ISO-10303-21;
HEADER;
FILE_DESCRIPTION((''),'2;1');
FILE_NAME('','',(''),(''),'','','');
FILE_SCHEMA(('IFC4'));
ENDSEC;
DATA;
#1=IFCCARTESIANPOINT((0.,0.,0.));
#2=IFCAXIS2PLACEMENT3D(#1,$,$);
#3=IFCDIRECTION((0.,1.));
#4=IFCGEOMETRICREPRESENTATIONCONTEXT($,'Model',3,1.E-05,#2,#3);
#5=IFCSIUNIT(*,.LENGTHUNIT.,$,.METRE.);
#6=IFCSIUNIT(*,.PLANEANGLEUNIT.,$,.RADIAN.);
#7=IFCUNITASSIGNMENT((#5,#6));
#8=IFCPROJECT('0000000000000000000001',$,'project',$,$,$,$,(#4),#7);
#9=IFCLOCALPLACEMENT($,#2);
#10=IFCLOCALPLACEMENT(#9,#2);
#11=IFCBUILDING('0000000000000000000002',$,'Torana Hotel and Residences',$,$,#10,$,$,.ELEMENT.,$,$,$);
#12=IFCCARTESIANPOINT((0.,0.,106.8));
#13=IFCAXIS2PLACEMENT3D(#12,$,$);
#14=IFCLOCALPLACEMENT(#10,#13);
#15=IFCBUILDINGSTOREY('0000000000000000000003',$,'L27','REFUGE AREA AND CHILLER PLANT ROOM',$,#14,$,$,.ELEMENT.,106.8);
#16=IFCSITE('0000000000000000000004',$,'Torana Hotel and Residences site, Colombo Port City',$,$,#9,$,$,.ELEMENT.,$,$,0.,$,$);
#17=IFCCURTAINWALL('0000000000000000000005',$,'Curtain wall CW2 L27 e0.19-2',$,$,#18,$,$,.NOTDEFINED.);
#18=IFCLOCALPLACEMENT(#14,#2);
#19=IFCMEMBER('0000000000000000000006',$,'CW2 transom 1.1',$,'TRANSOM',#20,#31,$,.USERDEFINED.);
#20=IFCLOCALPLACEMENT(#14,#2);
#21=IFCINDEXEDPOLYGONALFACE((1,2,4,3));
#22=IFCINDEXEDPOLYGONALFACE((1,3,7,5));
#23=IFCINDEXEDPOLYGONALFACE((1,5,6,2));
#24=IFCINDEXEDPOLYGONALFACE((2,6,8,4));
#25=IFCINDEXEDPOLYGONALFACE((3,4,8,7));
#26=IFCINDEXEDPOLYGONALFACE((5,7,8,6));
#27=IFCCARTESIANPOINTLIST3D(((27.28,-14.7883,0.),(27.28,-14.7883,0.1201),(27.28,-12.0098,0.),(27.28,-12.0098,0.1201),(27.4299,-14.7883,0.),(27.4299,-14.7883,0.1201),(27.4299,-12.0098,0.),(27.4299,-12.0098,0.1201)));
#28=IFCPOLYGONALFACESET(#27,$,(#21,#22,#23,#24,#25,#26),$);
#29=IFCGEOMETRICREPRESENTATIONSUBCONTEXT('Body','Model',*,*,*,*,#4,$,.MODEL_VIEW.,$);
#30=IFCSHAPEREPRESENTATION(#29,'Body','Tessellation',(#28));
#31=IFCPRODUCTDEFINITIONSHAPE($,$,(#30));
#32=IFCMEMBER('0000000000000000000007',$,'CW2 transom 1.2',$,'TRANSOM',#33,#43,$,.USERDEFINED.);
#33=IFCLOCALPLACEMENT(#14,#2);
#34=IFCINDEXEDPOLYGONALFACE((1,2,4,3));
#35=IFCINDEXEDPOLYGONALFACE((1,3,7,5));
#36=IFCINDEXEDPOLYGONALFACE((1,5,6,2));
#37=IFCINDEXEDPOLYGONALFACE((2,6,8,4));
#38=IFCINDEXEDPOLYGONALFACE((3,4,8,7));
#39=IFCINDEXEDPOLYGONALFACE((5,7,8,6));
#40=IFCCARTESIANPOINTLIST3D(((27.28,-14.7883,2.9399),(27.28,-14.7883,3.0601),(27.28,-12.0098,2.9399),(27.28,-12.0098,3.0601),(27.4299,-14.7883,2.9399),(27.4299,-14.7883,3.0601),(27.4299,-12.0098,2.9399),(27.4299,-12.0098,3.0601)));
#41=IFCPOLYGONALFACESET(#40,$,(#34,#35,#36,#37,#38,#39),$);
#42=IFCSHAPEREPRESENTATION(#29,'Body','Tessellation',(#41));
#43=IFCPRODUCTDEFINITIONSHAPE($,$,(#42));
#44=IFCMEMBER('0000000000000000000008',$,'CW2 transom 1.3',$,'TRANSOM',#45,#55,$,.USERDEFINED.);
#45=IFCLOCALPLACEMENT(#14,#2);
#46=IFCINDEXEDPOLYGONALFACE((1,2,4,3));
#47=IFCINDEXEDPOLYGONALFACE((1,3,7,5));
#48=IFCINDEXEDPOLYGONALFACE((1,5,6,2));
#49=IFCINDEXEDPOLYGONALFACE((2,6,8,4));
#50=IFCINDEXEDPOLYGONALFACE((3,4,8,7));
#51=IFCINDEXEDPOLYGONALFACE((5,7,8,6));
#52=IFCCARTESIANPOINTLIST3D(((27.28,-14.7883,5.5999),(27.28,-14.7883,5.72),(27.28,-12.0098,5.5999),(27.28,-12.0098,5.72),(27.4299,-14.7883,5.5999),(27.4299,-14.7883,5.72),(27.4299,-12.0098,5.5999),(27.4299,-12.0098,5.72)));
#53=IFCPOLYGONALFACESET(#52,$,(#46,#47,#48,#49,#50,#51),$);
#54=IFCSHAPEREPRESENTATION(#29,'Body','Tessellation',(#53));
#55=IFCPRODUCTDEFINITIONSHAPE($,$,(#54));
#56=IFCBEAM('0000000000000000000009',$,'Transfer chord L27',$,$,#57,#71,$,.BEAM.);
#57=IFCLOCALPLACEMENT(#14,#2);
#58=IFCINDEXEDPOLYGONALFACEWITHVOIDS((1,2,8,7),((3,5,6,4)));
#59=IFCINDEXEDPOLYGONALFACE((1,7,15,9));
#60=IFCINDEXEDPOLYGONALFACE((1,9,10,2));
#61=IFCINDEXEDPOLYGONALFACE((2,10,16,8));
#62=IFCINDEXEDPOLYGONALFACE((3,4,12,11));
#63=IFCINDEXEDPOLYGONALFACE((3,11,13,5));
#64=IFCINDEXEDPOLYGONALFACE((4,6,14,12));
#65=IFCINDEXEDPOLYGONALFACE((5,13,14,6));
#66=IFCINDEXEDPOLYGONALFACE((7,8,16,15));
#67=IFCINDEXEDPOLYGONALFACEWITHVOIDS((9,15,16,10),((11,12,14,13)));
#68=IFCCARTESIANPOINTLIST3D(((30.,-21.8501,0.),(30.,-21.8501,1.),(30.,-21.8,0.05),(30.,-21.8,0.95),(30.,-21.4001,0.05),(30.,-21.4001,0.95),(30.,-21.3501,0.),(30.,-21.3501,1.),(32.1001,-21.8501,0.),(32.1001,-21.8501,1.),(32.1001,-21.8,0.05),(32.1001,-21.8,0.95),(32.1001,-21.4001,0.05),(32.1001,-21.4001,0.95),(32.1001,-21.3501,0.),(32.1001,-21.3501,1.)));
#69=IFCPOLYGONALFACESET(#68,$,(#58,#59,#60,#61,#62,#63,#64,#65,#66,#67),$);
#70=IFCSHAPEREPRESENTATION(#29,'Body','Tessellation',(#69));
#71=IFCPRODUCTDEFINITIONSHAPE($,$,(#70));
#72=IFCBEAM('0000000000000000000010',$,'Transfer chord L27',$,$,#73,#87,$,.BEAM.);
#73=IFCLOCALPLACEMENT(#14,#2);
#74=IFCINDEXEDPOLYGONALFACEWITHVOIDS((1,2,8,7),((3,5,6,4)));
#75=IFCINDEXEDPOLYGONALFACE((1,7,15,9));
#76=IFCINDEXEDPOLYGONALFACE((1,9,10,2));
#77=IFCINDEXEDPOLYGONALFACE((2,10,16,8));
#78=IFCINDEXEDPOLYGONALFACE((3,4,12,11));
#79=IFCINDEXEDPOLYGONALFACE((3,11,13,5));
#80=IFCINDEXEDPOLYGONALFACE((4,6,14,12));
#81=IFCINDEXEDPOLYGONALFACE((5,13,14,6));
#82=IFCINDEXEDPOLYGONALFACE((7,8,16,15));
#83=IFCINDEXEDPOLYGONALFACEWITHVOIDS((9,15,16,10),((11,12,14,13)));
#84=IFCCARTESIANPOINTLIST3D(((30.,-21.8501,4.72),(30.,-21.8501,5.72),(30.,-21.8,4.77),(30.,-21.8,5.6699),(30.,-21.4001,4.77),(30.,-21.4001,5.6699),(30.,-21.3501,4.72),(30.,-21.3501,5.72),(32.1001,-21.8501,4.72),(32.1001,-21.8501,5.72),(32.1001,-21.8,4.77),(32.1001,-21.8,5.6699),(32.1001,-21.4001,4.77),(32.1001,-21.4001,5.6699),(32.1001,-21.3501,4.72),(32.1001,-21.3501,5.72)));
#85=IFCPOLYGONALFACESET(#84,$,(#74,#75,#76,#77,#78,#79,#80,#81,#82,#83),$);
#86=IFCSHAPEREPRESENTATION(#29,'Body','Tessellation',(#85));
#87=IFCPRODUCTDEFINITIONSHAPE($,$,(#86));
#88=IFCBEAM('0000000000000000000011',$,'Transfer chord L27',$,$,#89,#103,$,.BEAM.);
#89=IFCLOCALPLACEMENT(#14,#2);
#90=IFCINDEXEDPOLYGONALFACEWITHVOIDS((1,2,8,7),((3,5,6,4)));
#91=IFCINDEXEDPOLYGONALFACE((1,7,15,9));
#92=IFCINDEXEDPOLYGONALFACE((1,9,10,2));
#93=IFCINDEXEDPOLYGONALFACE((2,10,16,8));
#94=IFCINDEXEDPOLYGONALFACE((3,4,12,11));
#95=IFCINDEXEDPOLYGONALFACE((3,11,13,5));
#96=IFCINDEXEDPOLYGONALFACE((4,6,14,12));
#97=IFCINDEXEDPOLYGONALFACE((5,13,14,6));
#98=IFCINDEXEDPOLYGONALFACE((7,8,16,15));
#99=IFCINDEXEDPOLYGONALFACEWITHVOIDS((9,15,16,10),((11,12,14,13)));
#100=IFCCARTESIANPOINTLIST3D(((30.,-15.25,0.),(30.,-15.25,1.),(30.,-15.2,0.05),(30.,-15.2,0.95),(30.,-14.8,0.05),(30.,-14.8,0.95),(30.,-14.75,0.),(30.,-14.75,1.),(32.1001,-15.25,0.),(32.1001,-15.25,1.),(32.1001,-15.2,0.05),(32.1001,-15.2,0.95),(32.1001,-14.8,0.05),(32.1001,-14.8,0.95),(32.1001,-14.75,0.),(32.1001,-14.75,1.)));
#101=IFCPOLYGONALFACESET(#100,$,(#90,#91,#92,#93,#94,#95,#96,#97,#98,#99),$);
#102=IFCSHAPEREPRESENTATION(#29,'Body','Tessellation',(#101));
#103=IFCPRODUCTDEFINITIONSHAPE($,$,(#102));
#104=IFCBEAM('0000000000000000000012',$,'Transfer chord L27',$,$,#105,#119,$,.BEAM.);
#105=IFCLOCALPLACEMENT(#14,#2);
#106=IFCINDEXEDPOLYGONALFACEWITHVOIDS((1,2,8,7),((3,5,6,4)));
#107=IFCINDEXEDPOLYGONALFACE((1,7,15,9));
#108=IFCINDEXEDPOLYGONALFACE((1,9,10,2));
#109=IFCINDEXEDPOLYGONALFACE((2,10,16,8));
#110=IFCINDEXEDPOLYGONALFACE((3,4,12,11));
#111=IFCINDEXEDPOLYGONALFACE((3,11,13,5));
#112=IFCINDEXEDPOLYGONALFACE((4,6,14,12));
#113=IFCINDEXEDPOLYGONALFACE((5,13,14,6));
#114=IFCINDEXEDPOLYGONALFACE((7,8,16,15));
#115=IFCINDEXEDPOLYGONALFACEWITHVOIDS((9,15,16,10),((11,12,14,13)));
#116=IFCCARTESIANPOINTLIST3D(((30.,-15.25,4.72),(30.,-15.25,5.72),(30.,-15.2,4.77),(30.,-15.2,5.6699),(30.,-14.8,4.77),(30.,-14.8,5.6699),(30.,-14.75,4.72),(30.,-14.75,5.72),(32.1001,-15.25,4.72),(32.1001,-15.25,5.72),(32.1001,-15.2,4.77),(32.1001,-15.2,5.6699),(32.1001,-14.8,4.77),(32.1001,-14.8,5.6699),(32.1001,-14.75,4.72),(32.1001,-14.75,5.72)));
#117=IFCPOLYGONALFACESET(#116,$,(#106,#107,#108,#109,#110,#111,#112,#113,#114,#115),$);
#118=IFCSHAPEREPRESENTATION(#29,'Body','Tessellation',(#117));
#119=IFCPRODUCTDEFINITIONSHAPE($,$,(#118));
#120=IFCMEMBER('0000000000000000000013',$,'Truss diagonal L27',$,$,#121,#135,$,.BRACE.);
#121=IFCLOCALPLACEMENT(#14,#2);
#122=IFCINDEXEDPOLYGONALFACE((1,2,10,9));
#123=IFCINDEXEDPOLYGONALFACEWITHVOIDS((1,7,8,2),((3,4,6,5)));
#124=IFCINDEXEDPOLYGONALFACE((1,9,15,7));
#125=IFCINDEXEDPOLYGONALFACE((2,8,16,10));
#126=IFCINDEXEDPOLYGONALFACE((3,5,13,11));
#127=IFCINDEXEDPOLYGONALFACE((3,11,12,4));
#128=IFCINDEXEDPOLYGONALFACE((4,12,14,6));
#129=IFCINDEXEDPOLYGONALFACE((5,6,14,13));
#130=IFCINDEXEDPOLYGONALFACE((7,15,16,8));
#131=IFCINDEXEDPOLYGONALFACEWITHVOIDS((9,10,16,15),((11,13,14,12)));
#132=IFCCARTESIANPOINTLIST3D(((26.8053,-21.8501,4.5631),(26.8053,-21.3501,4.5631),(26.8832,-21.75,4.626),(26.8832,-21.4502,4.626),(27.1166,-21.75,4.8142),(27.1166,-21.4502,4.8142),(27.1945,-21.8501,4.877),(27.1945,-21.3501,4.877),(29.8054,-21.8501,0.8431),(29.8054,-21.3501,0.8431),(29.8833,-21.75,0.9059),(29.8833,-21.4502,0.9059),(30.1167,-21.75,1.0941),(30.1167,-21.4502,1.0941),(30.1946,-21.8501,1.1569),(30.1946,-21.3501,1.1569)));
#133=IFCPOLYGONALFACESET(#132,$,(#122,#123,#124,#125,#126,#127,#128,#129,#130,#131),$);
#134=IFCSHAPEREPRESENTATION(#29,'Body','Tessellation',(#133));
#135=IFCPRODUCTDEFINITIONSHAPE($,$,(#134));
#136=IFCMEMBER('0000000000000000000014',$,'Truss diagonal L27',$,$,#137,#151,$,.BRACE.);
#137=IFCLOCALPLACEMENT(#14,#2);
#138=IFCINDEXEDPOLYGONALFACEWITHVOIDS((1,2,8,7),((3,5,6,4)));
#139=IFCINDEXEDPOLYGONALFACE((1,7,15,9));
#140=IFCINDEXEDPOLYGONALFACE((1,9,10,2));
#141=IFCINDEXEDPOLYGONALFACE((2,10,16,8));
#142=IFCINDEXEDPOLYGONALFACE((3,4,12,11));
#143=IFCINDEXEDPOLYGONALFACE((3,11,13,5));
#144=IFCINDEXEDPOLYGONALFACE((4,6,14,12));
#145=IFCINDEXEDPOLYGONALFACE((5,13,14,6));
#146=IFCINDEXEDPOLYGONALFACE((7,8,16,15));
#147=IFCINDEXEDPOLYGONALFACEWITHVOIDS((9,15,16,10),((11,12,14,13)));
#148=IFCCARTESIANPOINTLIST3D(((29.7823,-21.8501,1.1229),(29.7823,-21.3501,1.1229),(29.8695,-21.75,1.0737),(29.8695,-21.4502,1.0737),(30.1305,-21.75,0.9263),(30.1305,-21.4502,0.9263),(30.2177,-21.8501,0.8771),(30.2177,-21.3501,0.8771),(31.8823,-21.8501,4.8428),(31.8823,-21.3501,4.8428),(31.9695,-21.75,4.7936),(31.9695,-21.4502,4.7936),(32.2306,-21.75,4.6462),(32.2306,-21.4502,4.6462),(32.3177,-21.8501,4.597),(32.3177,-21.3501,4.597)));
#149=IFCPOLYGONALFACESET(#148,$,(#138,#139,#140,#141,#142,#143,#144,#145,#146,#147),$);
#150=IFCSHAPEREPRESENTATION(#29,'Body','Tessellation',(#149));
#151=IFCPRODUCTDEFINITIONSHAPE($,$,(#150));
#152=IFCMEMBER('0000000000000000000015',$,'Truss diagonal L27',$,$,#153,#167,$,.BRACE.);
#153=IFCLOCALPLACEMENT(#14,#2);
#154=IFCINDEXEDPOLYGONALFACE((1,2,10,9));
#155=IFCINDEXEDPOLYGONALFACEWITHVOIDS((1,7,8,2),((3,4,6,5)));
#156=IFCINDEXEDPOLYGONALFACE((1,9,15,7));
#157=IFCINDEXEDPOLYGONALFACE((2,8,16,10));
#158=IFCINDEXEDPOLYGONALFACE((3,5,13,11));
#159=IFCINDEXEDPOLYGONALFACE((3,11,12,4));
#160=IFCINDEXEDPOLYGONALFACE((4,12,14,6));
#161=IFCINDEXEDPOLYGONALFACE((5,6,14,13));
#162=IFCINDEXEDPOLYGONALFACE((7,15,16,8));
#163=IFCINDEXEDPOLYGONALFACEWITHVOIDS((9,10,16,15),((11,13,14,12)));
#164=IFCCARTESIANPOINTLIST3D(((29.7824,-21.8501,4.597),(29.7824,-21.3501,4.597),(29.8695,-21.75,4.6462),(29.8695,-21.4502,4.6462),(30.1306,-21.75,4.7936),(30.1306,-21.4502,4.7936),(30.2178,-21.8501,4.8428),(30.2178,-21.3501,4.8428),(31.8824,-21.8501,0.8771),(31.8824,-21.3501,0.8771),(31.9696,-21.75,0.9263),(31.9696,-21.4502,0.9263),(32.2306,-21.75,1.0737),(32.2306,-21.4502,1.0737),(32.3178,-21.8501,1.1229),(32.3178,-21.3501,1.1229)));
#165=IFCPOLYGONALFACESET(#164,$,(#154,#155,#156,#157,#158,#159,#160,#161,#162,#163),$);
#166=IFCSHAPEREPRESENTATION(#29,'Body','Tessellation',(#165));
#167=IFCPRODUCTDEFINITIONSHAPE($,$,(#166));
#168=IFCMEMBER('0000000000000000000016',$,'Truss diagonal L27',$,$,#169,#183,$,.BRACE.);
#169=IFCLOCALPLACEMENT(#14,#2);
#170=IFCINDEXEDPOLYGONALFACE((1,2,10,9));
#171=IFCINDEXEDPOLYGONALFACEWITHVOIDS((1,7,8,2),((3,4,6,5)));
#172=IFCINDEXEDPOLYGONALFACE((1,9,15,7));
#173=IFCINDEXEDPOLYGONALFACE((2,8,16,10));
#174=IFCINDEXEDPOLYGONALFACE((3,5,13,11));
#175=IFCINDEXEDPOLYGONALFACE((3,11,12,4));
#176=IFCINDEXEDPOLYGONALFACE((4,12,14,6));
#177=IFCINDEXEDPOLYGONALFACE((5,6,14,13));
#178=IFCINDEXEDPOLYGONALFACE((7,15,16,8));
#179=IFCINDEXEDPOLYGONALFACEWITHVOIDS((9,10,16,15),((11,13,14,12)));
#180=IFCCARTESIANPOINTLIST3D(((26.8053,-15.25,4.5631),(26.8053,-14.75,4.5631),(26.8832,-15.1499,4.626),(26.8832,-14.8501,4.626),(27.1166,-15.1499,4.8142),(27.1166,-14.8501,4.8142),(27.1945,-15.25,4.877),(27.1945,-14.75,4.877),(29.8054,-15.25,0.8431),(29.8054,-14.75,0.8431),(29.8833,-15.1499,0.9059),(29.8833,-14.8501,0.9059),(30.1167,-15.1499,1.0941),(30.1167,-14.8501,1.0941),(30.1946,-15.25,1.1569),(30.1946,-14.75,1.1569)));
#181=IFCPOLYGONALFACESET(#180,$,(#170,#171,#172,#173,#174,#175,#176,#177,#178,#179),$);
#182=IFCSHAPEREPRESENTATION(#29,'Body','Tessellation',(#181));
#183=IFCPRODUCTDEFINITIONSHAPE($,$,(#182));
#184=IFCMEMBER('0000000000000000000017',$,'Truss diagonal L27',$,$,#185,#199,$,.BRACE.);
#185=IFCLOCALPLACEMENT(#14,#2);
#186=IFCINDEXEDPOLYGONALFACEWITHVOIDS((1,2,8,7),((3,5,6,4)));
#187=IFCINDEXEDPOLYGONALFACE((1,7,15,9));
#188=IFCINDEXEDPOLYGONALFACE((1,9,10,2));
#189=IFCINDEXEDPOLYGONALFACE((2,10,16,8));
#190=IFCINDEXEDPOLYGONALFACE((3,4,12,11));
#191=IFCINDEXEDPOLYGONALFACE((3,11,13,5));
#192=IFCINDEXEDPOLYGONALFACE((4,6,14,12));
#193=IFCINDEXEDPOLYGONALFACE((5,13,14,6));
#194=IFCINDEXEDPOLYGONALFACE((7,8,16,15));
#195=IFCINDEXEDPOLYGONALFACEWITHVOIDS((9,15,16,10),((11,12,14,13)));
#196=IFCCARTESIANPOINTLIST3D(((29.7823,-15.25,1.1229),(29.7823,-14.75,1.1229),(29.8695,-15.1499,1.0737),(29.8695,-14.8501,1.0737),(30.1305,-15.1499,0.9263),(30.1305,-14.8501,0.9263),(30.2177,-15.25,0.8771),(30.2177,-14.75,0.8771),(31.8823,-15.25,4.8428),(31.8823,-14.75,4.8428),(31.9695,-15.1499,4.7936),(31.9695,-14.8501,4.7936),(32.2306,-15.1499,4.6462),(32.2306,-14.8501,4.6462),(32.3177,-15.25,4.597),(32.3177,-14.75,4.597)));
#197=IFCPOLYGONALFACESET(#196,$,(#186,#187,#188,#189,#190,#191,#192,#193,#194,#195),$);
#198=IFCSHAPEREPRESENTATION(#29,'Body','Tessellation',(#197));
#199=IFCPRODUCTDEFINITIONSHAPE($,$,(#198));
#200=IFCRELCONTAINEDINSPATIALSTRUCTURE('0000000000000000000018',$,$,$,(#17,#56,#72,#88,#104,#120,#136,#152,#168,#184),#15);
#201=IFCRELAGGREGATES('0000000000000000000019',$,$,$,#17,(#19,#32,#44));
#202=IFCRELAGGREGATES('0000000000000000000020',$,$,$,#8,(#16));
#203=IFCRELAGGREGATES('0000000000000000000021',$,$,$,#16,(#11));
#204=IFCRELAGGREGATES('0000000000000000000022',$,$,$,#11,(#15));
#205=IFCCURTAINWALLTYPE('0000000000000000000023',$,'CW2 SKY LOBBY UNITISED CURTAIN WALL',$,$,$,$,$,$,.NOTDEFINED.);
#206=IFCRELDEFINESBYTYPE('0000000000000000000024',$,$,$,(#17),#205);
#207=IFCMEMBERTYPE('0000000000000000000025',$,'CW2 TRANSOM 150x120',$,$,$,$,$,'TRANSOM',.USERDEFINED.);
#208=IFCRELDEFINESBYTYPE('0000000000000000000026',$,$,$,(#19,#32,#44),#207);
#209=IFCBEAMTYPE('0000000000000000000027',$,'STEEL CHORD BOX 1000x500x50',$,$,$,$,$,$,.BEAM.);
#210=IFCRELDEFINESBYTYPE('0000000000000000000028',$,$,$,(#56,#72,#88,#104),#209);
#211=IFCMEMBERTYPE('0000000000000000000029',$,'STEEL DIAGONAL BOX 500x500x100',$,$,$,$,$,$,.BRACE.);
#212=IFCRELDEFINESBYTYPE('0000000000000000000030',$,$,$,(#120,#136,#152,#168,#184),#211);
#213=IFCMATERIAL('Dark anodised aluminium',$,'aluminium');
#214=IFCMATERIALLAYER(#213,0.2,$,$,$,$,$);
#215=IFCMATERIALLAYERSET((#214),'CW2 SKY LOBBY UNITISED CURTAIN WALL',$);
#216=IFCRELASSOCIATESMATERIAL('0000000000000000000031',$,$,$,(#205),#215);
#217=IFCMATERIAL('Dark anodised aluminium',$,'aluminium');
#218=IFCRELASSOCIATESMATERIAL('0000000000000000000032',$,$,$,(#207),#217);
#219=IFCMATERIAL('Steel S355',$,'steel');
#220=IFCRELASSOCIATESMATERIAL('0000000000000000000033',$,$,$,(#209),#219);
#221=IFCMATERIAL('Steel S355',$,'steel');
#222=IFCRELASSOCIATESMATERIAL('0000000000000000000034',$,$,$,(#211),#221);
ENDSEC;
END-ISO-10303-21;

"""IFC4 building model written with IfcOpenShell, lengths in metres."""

from ifc_helpers import new_model, si_unit, direction, frame, origin, origin_2d, place, context, subcontext, project, spatial, rectangle, hollow_rectangle, extrude, material, layer, layer_set, material_profile, profile_set, type_object, element, aggregate, save


model = new_model("IFC4")

# Units and contexts
model_context = context("Model", 3, precision=1e-05, world=origin(), true_north=direction((0.0, 1.0)))
body_context = subcontext(model_context, "Body", "Model", "MODEL_VIEW")
ifc_project = project(units=[si_unit("LENGTHUNIT", "METRE"), si_unit("PLANEANGLEUNIT", "RADIAN")], contexts=[model_context])

# Site, building, storey
site_placement = place(None, origin())
site = spatial("IfcSite", under=ifc_project, at=site_placement, Name="Torana Hotel and Residences site, Colombo Port City", CompositionType="ELEMENT", RefElevation=0.0)
building_placement = place(site_placement, origin())
building = spatial("IfcBuilding", under=site, at=building_placement, Name="Torana Hotel and Residences", CompositionType="ELEMENT")
storey_placement = place(building_placement, frame((0.0, 0.0, 106.8)))
storey = spatial("IfcBuildingStorey", under=building, at=storey_placement, Name="L27", Description="REFUGE AREA AND CHILLER PLANT ROOM", CompositionType="ELEMENT", Elevation=106.8)

# Curtain wall, members
ifc_material_1 = material(Name="Dark anodised aluminium", Category="aluminium")
ifc_layer_1 = layer(ifc_material_1, 0.2)
ifc_layer_set_1 = layer_set([ifc_layer_1], Name="CW2 SKY LOBBY UNITISED CURTAIN WALL")
curtain_wall_type = type_object("IfcCurtainWallType", Name="CW2 SKY LOBBY UNITISED CURTAIN WALL", PredefinedType="NOTDEFINED", material=ifc_layer_set_1)
curtain_wall_placement = place(storey_placement, origin())
curtain_wall = element("IfcCurtainWall", 1, at=curtain_wall_placement, inside=storey, type_object=curtain_wall_type, Name="Curtain wall CW2 L27 e0.19-2", PredefinedType="NOTDEFINED")
ifc_material_2 = material(Name="Dark anodised aluminium", Category="aluminium")
ifc_material_profile_1 = material_profile(ifc_material_2, rectangle(XDim=0.1499, YDim=0.1201, at=origin_2d()), Name="CW2 TRANSOM 150x120")
ifc_profile_set_1 = profile_set([ifc_material_profile_1], Name="Dark anodised aluminium")
member_type_1 = type_object("IfcMemberType", Name="CW2 TRANSOM 150x120", ElementType="TRANSOM", PredefinedType="USERDEFINED", material=ifc_profile_set_1)
member_1_placement = place(storey_placement, frame((27.355, -14.7883, 0.0601), z_axis=(0.0, 1.0, 0.0), x_axis=(-1.0, 0.0, 0.0)))
member_1 = element("IfcMember", 2, at=member_1_placement, type_object=member_type_1, Name="CW2 transom 1.1", ObjectType="TRANSOM", PredefinedType="USERDEFINED", context=body_context, shape_type="SweptSolid", body=[
    extrude(rectangle(XDim=0.1499, YDim=0.1201, at=origin_2d()), origin(), (0.0, 0.0, 1.0), 2.7786),
])
member_2_placement = place(storey_placement, frame((27.355, -14.7883, 3.0), z_axis=(0.0, 1.0, 0.0), x_axis=(-1.0, 0.0, 0.0)))
member_2 = element("IfcMember", 3, at=member_2_placement, type_object=member_type_1, Name="CW2 transom 1.2", ObjectType="TRANSOM", PredefinedType="USERDEFINED", context=body_context, shape_type="SweptSolid", body=[
    extrude(rectangle(XDim=0.1499, YDim=0.1201, at=origin_2d()), origin(), (0.0, 0.0, 1.0), 2.7786),
])
member_3_placement = place(storey_placement, frame((27.355, -14.7883, 5.6599), z_axis=(0.0, 1.0, 0.0), x_axis=(-1.0, 0.0, 0.0)))
member_3 = element("IfcMember", 4, at=member_3_placement, type_object=member_type_1, Name="CW2 transom 1.3", ObjectType="TRANSOM", PredefinedType="USERDEFINED", context=body_context, shape_type="SweptSolid", body=[
    extrude(rectangle(XDim=0.1499, YDim=0.1201, at=origin_2d()), origin(), (0.0, 0.0, 1.0), 2.7786),
])
aggregate(curtain_wall, [member_1, member_2, member_3])

# Beams
ifc_material_3 = material(Name="Steel S355", Category="steel")
ifc_material_profile_2 = material_profile(ifc_material_3, hollow_rectangle(XDim=0.5, YDim=1.0, WallThickness=0.05, at=origin_2d()), Name="BOX 1000x500x50")
ifc_profile_set_2 = profile_set([ifc_material_profile_2], Name="Steel S355")
beam_type = type_object("IfcBeamType", Name="STEEL CHORD BOX 1000x500x50", PredefinedType="BEAM", material=ifc_profile_set_2)
for number, where, z_axis, x_axis, name in (
    (5, (30.0, -21.6001, 0.5), (1.0, 0.0, 0.0), (0.0, 1.0, 0.0), "Transfer chord L27"),
    (6, (30.0, -21.6001, 5.22), (1.0, 0.0, 0.0), (0.0, 1.0, 0.0), "Transfer chord L27"),
    (7, (30.0, -15.0, 0.5), (1.0, 0.0, 0.0), (0.0, 1.0, 0.0), "Transfer chord L27"),
    (8, (30.0, -15.0, 5.22), (1.0, 0.0, 0.0), (0.0, 1.0, 0.0), "Transfer chord L27"),
):
    element("IfcBeam", number, at=place(storey_placement, frame(where, z_axis=z_axis, x_axis=x_axis)), inside=storey, type_object=beam_type, Name=name, PredefinedType="BEAM", context=body_context, shape_type="SweptSolid", body=[
        extrude(hollow_rectangle(XDim=0.5, YDim=1.0, WallThickness=0.05, at=origin_2d()), origin(), (0.0, 0.0, 1.0), 2.1001),
    ])

# Members
ifc_material_4 = material(Name="Steel S355", Category="steel")
ifc_material_profile_3 = material_profile(ifc_material_4, hollow_rectangle(XDim=0.5, YDim=0.5, WallThickness=0.1001, at=origin_2d()), Name="BOX 500x500x100")
ifc_profile_set_3 = profile_set([ifc_material_profile_3], Name="Steel S355")
member_type_2 = type_object("IfcMemberType", Name="STEEL DIAGONAL BOX 500x500x100", PredefinedType="BRACE", material=ifc_profile_set_3)
member_4_placement = place(storey_placement, frame((30.0, -21.6001, 1.0), z_axis=(-0.627755, 0.0, 0.778411), x_axis=(0.0, -1.0, 0.0)))
element("IfcMember", 9, at=member_4_placement, inside=storey, type_object=member_type_2, Name="Truss diagonal L27", PredefinedType="BRACE", context=body_context, shape_type="SweptSolid", body=[
    extrude(hollow_rectangle(XDim=0.5, YDim=0.5, WallThickness=0.1001, at=origin_2d()), origin(), (0.0, 0.0, 1.0), 4.7791),
])
for number, where, z_axis, x_axis, name in (
    (10, (30.0, -21.6001, 1.0), (0.491615, 0.0, 0.870813), (0.0, 1.0, 0.0), "Truss diagonal L27"),
    (11, (32.1001, -21.6001, 1.0), (-0.491615, 0.0, 0.870813), (0.0, -1.0, 0.0), "Truss diagonal L27"),
):
    element("IfcMember", number, at=place(storey_placement, frame(where, z_axis=z_axis, x_axis=x_axis)), inside=storey, type_object=member_type_2, Name=name, PredefinedType="BRACE", context=body_context, shape_type="SweptSolid", body=[
        extrude(hollow_rectangle(XDim=0.5, YDim=0.5, WallThickness=0.1001, at=origin_2d()), origin(), (0.0, 0.0, 1.0), 4.2717),
    ])
member_5_placement = place(storey_placement, frame((30.0, -15.0, 1.0), z_axis=(-0.627755, 0.0, 0.778411), x_axis=(0.0, -1.0, 0.0)))
element("IfcMember", 12, at=member_5_placement, inside=storey, type_object=member_type_2, Name="Truss diagonal L27", PredefinedType="BRACE", context=body_context, shape_type="SweptSolid", body=[
    extrude(hollow_rectangle(XDim=0.5, YDim=0.5, WallThickness=0.1001, at=origin_2d()), origin(), (0.0, 0.0, 1.0), 4.7791),
])
for number, where, z_axis, x_axis, name in (
    (13, (30.0, -15.0, 1.0), (0.491615, 0.0, 0.870813), (0.0, 1.0, 0.0), "Truss diagonal L27"),
):
    element("IfcMember", number, at=place(storey_placement, frame(where, z_axis=z_axis, x_axis=x_axis)), inside=storey, type_object=member_type_2, Name=name, PredefinedType="BRACE", context=body_context, shape_type="SweptSolid", body=[
        extrude(hollow_rectangle(XDim=0.5, YDim=0.5, WallThickness=0.1001, at=origin_2d()), origin(), (0.0, 0.0, 1.0), 4.2717),
    ])

save(model, "model.ifc")
